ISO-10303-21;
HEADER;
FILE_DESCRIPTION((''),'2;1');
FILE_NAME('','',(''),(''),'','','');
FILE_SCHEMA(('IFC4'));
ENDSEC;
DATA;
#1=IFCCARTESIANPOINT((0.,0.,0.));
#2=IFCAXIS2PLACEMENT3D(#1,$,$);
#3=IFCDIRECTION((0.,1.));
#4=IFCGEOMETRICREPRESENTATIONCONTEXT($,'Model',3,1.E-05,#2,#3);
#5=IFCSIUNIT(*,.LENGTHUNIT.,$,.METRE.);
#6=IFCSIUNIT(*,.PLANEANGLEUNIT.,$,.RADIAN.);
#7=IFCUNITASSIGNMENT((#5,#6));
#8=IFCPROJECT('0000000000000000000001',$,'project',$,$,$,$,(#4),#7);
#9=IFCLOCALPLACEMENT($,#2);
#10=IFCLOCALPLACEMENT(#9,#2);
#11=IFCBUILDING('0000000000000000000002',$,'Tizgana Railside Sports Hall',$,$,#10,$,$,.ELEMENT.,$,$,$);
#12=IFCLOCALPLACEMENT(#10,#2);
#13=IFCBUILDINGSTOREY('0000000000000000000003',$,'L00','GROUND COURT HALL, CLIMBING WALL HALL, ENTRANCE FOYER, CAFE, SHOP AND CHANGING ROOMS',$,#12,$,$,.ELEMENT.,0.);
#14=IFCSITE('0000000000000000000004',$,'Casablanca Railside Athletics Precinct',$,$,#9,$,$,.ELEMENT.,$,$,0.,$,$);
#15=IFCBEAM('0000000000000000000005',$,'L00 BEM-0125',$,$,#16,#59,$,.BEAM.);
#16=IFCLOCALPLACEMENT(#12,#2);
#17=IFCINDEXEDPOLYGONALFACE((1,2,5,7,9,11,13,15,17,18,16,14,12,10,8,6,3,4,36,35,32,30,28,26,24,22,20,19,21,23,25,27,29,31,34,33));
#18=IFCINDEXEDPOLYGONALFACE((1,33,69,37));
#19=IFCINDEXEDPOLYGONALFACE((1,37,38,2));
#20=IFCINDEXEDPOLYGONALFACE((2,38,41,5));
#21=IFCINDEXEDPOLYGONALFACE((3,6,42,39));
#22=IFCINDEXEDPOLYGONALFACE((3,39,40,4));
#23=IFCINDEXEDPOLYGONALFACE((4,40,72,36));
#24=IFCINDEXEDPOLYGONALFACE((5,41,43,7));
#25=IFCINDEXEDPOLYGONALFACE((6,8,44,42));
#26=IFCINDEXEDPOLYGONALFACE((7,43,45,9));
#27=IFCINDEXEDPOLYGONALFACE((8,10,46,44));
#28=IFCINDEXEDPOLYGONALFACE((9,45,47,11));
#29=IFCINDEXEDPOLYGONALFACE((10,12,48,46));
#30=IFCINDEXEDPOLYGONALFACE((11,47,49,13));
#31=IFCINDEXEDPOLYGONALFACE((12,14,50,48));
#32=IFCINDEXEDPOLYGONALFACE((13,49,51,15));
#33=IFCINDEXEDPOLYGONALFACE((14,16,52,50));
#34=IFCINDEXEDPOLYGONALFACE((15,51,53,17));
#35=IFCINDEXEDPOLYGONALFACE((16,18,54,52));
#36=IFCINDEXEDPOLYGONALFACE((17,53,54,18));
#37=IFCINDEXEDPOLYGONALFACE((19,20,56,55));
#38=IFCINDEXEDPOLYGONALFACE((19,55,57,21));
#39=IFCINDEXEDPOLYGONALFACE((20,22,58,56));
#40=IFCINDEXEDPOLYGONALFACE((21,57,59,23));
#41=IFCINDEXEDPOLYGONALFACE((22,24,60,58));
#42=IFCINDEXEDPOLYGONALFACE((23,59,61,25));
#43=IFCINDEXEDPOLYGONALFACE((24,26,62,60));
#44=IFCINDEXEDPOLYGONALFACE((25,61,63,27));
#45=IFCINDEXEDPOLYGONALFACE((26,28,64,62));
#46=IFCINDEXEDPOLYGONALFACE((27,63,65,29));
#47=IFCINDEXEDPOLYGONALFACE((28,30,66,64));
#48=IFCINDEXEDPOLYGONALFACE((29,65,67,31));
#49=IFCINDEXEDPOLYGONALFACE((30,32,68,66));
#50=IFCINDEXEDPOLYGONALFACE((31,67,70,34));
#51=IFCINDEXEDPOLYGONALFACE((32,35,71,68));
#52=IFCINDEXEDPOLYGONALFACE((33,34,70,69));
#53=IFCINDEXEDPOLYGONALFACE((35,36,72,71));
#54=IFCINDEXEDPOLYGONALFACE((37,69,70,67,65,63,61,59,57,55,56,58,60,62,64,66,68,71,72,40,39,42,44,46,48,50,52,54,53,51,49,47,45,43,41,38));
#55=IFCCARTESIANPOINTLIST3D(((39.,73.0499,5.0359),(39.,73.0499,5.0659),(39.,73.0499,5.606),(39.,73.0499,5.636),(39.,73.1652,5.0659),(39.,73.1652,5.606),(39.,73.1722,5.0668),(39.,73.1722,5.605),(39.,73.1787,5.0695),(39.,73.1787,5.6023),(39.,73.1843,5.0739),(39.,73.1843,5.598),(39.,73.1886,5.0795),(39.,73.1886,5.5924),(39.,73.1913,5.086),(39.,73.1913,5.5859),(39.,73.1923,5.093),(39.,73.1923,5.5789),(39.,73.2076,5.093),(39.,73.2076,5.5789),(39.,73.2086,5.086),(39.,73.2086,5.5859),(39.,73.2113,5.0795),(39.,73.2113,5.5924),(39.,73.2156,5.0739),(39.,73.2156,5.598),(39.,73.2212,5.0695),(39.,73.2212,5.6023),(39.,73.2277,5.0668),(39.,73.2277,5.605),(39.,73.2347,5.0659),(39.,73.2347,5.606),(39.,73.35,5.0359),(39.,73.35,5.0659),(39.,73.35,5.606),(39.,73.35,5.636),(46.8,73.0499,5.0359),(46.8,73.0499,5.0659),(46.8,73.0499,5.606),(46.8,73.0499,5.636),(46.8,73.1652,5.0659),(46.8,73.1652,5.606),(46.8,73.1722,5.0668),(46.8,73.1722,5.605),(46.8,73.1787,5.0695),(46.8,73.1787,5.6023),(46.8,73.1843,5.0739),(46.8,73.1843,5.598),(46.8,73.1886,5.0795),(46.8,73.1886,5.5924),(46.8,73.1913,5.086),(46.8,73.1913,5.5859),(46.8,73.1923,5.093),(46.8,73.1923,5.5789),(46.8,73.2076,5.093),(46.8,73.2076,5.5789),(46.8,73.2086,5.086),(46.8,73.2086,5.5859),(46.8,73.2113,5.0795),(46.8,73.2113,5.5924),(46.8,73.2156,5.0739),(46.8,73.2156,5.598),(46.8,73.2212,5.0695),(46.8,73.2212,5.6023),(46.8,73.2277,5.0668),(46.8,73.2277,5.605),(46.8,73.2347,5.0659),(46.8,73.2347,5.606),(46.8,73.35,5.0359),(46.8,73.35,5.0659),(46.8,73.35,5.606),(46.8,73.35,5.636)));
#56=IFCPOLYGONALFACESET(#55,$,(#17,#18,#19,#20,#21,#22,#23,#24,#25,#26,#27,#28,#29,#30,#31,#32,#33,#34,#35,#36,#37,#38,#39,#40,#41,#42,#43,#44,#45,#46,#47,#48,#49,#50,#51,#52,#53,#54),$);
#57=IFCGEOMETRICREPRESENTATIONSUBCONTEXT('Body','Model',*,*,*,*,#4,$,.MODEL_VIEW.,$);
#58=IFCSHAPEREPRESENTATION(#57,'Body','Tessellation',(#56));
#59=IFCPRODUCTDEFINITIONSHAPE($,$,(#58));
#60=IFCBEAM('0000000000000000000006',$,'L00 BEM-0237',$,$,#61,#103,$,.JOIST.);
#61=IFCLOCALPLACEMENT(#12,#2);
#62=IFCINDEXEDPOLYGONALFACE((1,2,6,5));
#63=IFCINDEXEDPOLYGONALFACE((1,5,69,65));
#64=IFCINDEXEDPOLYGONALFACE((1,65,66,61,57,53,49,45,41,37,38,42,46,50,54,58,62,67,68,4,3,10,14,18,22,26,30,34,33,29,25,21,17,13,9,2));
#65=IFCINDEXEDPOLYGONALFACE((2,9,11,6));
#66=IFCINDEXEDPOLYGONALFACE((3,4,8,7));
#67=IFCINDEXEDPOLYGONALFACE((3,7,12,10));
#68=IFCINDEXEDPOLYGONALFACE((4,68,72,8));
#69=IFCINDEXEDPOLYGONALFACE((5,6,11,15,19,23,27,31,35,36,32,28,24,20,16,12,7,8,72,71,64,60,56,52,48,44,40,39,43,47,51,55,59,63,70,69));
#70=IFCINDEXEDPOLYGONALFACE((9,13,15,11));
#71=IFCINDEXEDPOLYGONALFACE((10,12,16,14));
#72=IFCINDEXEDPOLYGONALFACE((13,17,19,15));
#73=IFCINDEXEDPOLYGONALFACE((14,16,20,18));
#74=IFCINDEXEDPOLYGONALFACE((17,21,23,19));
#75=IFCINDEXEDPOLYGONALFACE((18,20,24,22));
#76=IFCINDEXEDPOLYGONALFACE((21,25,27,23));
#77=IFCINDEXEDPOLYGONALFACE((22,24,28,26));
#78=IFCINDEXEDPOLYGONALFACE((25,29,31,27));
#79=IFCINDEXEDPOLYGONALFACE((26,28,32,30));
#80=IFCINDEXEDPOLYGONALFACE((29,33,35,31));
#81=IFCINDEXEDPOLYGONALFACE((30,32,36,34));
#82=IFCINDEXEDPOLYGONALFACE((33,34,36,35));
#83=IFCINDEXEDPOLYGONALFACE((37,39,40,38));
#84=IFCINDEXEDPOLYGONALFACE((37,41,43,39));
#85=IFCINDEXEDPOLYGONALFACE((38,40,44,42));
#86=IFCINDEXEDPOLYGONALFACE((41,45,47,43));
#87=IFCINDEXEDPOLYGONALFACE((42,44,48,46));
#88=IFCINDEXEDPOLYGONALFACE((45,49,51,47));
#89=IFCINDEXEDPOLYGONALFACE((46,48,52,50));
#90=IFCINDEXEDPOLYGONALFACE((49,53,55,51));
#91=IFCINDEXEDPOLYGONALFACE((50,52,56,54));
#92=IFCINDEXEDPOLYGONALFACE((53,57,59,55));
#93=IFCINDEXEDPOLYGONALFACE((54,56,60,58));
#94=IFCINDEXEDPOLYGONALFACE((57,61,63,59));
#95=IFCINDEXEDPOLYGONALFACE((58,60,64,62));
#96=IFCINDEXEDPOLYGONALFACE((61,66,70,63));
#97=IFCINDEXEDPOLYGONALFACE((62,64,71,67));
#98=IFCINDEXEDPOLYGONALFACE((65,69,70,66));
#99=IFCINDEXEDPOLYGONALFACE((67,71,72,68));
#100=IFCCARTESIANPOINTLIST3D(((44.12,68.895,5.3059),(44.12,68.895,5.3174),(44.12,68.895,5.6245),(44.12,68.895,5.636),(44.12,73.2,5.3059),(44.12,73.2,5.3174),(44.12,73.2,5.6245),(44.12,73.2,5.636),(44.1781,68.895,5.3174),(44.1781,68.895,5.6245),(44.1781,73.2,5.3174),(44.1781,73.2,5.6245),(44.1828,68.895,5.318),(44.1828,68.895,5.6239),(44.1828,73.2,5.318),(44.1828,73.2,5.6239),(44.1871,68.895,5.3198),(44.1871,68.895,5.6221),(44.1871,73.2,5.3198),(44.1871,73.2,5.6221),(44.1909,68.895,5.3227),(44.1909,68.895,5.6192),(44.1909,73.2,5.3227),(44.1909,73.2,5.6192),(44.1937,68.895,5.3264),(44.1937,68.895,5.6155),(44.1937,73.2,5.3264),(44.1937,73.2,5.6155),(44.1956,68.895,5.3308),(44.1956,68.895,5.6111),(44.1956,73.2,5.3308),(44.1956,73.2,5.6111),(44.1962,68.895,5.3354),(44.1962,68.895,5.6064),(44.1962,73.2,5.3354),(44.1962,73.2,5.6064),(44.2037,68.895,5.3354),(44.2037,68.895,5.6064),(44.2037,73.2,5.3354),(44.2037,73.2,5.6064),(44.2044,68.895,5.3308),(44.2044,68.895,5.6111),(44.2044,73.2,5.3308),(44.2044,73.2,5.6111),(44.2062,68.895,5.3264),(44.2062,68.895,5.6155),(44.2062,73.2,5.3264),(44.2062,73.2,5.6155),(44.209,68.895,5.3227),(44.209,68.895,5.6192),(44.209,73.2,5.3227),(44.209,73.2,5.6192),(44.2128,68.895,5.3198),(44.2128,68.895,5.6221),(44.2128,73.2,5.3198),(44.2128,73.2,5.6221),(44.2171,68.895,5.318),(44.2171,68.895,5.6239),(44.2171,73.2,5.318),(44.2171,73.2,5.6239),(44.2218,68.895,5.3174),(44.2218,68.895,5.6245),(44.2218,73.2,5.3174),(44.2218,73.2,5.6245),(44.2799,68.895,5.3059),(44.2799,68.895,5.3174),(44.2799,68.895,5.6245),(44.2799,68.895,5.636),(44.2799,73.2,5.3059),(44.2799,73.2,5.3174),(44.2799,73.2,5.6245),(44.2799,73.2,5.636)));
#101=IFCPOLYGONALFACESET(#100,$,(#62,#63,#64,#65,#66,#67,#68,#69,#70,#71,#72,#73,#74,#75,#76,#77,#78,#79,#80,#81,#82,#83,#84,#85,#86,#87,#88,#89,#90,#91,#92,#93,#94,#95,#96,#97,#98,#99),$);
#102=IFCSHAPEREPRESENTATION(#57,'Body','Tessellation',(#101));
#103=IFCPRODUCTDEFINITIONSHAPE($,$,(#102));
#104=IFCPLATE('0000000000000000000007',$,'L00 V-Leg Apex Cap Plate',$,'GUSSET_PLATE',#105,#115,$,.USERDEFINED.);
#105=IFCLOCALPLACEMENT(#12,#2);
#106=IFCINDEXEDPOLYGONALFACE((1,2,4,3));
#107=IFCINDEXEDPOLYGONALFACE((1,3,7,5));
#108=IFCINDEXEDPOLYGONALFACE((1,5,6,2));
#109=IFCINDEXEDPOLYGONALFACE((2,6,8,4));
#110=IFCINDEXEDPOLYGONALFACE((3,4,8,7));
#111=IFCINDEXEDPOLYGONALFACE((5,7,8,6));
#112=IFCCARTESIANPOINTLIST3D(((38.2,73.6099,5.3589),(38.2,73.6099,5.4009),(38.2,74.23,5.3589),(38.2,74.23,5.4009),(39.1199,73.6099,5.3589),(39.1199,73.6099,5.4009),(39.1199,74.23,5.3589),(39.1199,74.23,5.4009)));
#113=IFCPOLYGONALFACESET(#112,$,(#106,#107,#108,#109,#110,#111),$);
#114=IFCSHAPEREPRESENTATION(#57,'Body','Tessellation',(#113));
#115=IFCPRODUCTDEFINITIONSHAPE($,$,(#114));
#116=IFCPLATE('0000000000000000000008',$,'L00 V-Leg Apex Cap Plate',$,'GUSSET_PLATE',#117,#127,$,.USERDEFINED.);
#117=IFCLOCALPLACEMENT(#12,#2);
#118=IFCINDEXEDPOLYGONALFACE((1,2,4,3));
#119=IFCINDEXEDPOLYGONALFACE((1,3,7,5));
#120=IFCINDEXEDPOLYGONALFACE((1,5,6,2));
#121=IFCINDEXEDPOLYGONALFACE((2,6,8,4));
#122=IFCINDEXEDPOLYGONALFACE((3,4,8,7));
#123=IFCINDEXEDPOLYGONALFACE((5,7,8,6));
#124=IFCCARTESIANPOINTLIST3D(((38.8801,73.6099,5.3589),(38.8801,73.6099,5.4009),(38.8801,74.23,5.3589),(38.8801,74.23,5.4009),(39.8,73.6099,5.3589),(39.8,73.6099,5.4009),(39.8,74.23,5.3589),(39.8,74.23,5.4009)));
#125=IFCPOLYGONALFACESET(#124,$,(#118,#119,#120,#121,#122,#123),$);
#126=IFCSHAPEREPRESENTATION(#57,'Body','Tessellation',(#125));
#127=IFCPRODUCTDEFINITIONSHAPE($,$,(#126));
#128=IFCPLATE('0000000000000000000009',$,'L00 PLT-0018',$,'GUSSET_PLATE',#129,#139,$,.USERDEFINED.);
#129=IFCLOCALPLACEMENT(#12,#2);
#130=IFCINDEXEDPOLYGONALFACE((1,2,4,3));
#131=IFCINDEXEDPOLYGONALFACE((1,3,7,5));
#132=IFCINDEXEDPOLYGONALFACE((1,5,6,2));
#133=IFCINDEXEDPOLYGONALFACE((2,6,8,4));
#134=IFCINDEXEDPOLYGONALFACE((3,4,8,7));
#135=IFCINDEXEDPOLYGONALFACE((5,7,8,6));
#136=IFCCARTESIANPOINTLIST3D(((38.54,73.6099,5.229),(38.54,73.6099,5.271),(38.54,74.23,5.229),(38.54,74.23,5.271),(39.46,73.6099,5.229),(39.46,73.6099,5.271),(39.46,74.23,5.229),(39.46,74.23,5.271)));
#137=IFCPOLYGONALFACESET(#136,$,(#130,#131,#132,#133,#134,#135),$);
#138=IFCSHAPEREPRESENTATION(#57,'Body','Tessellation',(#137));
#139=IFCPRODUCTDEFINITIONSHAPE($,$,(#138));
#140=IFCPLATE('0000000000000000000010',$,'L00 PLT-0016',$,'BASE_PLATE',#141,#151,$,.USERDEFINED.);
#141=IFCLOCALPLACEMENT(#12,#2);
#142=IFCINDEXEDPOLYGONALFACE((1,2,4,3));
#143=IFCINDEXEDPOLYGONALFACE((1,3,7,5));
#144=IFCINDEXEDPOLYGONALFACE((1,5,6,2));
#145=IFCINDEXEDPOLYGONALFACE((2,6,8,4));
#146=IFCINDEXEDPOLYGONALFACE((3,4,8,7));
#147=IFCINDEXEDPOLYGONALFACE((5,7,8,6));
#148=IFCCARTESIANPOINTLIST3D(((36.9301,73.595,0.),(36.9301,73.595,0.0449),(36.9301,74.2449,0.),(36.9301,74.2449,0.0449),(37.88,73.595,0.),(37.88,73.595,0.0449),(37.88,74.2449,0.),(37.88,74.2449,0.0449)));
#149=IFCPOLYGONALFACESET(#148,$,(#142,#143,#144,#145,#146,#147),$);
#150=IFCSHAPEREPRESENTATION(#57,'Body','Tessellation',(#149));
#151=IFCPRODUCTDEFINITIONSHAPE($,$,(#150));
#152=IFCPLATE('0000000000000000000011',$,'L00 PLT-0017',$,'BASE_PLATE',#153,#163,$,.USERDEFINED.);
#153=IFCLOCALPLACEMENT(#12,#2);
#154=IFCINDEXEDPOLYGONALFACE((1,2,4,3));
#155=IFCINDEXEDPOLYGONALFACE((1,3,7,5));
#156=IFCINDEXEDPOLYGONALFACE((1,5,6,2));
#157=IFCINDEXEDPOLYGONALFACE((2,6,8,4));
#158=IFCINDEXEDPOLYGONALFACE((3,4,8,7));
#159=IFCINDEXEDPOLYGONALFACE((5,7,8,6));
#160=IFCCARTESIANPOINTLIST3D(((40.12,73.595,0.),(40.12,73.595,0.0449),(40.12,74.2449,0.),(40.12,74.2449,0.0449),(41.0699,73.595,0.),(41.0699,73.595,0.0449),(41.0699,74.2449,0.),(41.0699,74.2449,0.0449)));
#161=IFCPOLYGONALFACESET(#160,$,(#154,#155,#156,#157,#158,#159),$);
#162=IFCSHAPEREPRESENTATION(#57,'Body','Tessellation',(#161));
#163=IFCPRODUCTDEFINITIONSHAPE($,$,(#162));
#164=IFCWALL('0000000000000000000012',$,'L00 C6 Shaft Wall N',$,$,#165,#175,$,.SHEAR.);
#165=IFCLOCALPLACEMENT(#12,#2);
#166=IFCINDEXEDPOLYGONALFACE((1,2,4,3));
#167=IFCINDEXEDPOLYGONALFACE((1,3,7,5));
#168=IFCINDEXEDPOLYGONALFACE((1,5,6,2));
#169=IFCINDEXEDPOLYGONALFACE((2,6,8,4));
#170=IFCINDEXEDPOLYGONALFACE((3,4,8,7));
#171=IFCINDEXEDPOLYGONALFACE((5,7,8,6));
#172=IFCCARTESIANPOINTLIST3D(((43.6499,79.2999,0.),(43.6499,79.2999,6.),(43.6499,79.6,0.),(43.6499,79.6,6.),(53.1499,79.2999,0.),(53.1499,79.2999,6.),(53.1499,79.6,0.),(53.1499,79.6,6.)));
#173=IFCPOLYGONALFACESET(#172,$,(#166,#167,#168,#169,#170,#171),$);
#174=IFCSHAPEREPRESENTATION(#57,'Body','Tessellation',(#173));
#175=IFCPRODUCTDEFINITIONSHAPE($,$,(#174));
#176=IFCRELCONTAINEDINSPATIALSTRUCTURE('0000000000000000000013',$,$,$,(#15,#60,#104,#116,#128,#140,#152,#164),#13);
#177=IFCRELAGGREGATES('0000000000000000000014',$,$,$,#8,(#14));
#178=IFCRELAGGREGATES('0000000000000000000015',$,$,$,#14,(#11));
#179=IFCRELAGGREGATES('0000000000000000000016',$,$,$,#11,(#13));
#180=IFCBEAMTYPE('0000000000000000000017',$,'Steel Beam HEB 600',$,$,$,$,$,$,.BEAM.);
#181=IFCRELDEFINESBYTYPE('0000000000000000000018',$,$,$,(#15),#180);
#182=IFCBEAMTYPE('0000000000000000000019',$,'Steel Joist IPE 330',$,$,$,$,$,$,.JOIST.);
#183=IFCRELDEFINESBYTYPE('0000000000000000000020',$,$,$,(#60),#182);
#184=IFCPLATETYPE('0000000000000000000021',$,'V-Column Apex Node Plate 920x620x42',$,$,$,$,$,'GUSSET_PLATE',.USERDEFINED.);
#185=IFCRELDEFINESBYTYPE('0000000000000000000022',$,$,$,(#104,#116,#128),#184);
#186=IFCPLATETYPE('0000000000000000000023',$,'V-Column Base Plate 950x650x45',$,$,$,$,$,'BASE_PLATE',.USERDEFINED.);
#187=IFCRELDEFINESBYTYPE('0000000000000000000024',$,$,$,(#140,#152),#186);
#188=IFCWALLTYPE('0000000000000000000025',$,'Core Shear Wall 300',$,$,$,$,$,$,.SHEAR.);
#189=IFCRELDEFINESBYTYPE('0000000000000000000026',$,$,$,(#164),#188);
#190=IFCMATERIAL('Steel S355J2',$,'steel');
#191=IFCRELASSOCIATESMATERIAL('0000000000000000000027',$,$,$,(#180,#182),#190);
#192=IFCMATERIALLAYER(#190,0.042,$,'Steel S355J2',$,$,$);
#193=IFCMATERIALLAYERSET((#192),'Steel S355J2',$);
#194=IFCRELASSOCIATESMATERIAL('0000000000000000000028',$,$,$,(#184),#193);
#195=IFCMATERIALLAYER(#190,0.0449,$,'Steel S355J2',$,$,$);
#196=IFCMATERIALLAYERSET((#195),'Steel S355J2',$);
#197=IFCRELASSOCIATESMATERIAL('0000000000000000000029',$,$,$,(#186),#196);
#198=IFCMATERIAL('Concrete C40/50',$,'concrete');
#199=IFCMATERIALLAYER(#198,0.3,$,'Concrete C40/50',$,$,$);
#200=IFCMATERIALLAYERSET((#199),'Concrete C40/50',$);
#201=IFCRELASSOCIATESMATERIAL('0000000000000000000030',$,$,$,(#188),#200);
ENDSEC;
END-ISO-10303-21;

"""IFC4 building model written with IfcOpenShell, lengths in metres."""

from ifc_helpers import new_model, si_unit, direction, frame, frame_2d, origin, origin_2d, place, context, subcontext, project, spatial, rectangle, i_section, extrude, material, layer, layer_set, material_profile, profile_set, type_object, element, save


model = new_model("IFC4")

# Units and contexts
model_context = context("Model", 3, precision=1e-05, world=origin(), true_north=direction((0.0, 1.0)))
body_context = subcontext(model_context, "Body", "Model", "MODEL_VIEW")
ifc_project = project(units=[si_unit("LENGTHUNIT", "METRE"), si_unit("PLANEANGLEUNIT", "RADIAN")], contexts=[model_context])

# Site, building, storey
site_placement = place(None, origin())
site = spatial("IfcSite", under=ifc_project, at=site_placement, Name="Casablanca Railside Athletics Precinct", CompositionType="ELEMENT", RefElevation=0.0)
building_placement = place(site_placement, origin())
building = spatial("IfcBuilding", under=site, at=building_placement, Name="Tizgana Railside Sports Hall", CompositionType="ELEMENT")
storey_placement = place(building_placement, origin())
storey = spatial("IfcBuildingStorey", under=building, at=storey_placement, Name="L00", Description="GROUND COURT HALL, CLIMBING WALL HALL, ENTRANCE FOYER, CAFE, SHOP AND CHANGING ROOMS", CompositionType="ELEMENT", Elevation=0.0)

# Shared definitions
ifc_material_1 = material(Name="Concrete C40/50", Category="concrete")
ifc_material_2 = material(Name="Steel S355J2", Category="steel")

# Beams
ifc_material_profile_1 = material_profile(ifc_material_2, i_section(OverallWidth=0.3, OverallDepth=0.6001, WebThickness=0.0154, FlangeThickness=0.03, FilletRadius=0.0271, at=origin_2d()), Name="HEB 600")
ifc_profile_set_1 = profile_set([ifc_material_profile_1], Name="Steel S355J2")
beam_type_1 = type_object("IfcBeamType", Name="Steel Beam HEB 600", PredefinedType="BEAM", material=ifc_profile_set_1)
beam_1_placement = place(storey_placement, frame((39.0, 73.2, 5.3359), z_axis=(1.0, 0.0, 0.0), x_axis=(0.0, 1.0, 0.0)))
element("IfcBeam", 1, at=beam_1_placement, inside=storey, type_object=beam_type_1, Name="L00 BEM-0125", PredefinedType="BEAM", context=body_context, shape_type="SweptSolid", body=[
    extrude(i_section(OverallWidth=0.3, OverallDepth=0.6001, WebThickness=0.0154, FlangeThickness=0.03, FilletRadius=0.0271, at=origin_2d()), origin(), (0.0, 0.0, 1.0), 7.8),
])
ifc_material_profile_2 = material_profile(ifc_material_2, i_section(OverallWidth=0.1599, OverallDepth=0.3301, WebThickness=0.0076, FlangeThickness=0.0115, FilletRadius=0.0181, at=origin_2d()), Name="IPE 330")
ifc_profile_set_2 = profile_set([ifc_material_profile_2], Name="Steel S355J2")
beam_type_2 = type_object("IfcBeamType", Name="Steel Joist IPE 330", PredefinedType="JOIST", material=ifc_profile_set_2)
beam_2_placement = place(storey_placement, frame((44.2, 68.895, 5.4709), z_axis=(0.0, 1.0, 0.0), x_axis=(-1.0, 0.0, 0.0)))
element("IfcBeam", 2, at=beam_2_placement, inside=storey, type_object=beam_type_2, Name="L00 BEM-0237", PredefinedType="JOIST", context=body_context, shape_type="SweptSolid", body=[
    extrude(i_section(OverallWidth=0.1599, OverallDepth=0.3301, WebThickness=0.0076, FlangeThickness=0.0115, FilletRadius=0.0181, at=origin_2d()), origin(), (0.0, 0.0, 1.0), 4.3049),
])

# Plates
ifc_layer_1 = layer(ifc_material_2, 0.042, Name="Steel S355J2")
ifc_layer_set_1 = layer_set([ifc_layer_1], Name="Steel S355J2")
plate_type_1 = type_object("IfcPlateType", Name="V-Column Apex Node Plate 920x620x42", ElementType="GUSSET_PLATE", PredefinedType="USERDEFINED", material=ifc_layer_set_1)
for number, where, z_axis, x_axis, name in (
    (3, (38.6599, 73.9199, 5.3589), (0.0, 0.0, 1.0), (1.0, 0.0, 0.0), "L00 V-Leg Apex Cap Plate"),
    (4, (39.3401, 73.9199, 5.3589), (0.0, 0.0, 1.0), (1.0, 0.0, 0.0), "L00 V-Leg Apex Cap Plate"),
    (5, (39.0, 73.9199, 5.229), (0.0, 0.0, 1.0), (1.0, 0.0, 0.0), "L00 PLT-0018"),
):
    element("IfcPlate", number, at=place(storey_placement, frame(where, z_axis=z_axis, x_axis=x_axis)), inside=storey, type_object=plate_type_1, Name=name, ObjectType="GUSSET_PLATE", PredefinedType="USERDEFINED", context=body_context, shape_type="SweptSolid", body=[
        extrude(rectangle(XDim=0.9199, YDim=0.6201, at=origin_2d()), origin(), (0.0, 0.0, 1.0), 0.042),
    ])
ifc_layer_2 = layer(ifc_material_2, 0.0449, Name="Steel S355J2")
ifc_layer_set_2 = layer_set([ifc_layer_2], Name="Steel S355J2")
plate_type_2 = type_object("IfcPlateType", Name="V-Column Base Plate 950x650x45", ElementType="BASE_PLATE", PredefinedType="USERDEFINED", material=ifc_layer_set_2)
for number, where, z_axis, x_axis, name in (
    (6, (37.405, 73.9199, 0.0), (0.0, 0.0, 1.0), (1.0, 0.0, 0.0), "L00 PLT-0016"),
    (7, (40.595, 73.9199, 0.0), (0.0, 0.0, 1.0), (1.0, 0.0, 0.0), "L00 PLT-0017"),
):
    element("IfcPlate", number, at=place(storey_placement, frame(where, z_axis=z_axis, x_axis=x_axis)), inside=storey, type_object=plate_type_2, Name=name, ObjectType="BASE_PLATE", PredefinedType="USERDEFINED", context=body_context, shape_type="SweptSolid", body=[
        extrude(rectangle(XDim=0.95, YDim=0.6499, at=origin_2d()), origin(), (0.0, 0.0, 1.0), 0.0449),
    ])

# Wall
ifc_layer_3 = layer(ifc_material_1, 0.3, Name="Concrete C40/50")
ifc_layer_set_3 = layer_set([ifc_layer_3], Name="Concrete C40/50")
wall_type_1 = type_object("IfcWallType", Name="Core Shear Wall 300", PredefinedType="SHEAR", material=ifc_layer_set_3)
wall_1_placement = place(storey_placement, frame((43.6499, 79.45, 0.0), z_axis=(0.0, 0.0, 1.0), x_axis=(1.0, 0.0, 0.0)))
element("IfcWall", 8, at=wall_1_placement, inside=storey, type_object=wall_type_1, Name="L00 C6 Shaft Wall N", PredefinedType="SHEAR", context=body_context, shape_type="SweptSolid", body=[
    extrude(rectangle(XDim=9.5, YDim=0.3, at=frame_2d((4.75, 0.0))), origin(), (0.0, 0.0, 1.0), 6.0),
])

save(model, "model.ifc")
